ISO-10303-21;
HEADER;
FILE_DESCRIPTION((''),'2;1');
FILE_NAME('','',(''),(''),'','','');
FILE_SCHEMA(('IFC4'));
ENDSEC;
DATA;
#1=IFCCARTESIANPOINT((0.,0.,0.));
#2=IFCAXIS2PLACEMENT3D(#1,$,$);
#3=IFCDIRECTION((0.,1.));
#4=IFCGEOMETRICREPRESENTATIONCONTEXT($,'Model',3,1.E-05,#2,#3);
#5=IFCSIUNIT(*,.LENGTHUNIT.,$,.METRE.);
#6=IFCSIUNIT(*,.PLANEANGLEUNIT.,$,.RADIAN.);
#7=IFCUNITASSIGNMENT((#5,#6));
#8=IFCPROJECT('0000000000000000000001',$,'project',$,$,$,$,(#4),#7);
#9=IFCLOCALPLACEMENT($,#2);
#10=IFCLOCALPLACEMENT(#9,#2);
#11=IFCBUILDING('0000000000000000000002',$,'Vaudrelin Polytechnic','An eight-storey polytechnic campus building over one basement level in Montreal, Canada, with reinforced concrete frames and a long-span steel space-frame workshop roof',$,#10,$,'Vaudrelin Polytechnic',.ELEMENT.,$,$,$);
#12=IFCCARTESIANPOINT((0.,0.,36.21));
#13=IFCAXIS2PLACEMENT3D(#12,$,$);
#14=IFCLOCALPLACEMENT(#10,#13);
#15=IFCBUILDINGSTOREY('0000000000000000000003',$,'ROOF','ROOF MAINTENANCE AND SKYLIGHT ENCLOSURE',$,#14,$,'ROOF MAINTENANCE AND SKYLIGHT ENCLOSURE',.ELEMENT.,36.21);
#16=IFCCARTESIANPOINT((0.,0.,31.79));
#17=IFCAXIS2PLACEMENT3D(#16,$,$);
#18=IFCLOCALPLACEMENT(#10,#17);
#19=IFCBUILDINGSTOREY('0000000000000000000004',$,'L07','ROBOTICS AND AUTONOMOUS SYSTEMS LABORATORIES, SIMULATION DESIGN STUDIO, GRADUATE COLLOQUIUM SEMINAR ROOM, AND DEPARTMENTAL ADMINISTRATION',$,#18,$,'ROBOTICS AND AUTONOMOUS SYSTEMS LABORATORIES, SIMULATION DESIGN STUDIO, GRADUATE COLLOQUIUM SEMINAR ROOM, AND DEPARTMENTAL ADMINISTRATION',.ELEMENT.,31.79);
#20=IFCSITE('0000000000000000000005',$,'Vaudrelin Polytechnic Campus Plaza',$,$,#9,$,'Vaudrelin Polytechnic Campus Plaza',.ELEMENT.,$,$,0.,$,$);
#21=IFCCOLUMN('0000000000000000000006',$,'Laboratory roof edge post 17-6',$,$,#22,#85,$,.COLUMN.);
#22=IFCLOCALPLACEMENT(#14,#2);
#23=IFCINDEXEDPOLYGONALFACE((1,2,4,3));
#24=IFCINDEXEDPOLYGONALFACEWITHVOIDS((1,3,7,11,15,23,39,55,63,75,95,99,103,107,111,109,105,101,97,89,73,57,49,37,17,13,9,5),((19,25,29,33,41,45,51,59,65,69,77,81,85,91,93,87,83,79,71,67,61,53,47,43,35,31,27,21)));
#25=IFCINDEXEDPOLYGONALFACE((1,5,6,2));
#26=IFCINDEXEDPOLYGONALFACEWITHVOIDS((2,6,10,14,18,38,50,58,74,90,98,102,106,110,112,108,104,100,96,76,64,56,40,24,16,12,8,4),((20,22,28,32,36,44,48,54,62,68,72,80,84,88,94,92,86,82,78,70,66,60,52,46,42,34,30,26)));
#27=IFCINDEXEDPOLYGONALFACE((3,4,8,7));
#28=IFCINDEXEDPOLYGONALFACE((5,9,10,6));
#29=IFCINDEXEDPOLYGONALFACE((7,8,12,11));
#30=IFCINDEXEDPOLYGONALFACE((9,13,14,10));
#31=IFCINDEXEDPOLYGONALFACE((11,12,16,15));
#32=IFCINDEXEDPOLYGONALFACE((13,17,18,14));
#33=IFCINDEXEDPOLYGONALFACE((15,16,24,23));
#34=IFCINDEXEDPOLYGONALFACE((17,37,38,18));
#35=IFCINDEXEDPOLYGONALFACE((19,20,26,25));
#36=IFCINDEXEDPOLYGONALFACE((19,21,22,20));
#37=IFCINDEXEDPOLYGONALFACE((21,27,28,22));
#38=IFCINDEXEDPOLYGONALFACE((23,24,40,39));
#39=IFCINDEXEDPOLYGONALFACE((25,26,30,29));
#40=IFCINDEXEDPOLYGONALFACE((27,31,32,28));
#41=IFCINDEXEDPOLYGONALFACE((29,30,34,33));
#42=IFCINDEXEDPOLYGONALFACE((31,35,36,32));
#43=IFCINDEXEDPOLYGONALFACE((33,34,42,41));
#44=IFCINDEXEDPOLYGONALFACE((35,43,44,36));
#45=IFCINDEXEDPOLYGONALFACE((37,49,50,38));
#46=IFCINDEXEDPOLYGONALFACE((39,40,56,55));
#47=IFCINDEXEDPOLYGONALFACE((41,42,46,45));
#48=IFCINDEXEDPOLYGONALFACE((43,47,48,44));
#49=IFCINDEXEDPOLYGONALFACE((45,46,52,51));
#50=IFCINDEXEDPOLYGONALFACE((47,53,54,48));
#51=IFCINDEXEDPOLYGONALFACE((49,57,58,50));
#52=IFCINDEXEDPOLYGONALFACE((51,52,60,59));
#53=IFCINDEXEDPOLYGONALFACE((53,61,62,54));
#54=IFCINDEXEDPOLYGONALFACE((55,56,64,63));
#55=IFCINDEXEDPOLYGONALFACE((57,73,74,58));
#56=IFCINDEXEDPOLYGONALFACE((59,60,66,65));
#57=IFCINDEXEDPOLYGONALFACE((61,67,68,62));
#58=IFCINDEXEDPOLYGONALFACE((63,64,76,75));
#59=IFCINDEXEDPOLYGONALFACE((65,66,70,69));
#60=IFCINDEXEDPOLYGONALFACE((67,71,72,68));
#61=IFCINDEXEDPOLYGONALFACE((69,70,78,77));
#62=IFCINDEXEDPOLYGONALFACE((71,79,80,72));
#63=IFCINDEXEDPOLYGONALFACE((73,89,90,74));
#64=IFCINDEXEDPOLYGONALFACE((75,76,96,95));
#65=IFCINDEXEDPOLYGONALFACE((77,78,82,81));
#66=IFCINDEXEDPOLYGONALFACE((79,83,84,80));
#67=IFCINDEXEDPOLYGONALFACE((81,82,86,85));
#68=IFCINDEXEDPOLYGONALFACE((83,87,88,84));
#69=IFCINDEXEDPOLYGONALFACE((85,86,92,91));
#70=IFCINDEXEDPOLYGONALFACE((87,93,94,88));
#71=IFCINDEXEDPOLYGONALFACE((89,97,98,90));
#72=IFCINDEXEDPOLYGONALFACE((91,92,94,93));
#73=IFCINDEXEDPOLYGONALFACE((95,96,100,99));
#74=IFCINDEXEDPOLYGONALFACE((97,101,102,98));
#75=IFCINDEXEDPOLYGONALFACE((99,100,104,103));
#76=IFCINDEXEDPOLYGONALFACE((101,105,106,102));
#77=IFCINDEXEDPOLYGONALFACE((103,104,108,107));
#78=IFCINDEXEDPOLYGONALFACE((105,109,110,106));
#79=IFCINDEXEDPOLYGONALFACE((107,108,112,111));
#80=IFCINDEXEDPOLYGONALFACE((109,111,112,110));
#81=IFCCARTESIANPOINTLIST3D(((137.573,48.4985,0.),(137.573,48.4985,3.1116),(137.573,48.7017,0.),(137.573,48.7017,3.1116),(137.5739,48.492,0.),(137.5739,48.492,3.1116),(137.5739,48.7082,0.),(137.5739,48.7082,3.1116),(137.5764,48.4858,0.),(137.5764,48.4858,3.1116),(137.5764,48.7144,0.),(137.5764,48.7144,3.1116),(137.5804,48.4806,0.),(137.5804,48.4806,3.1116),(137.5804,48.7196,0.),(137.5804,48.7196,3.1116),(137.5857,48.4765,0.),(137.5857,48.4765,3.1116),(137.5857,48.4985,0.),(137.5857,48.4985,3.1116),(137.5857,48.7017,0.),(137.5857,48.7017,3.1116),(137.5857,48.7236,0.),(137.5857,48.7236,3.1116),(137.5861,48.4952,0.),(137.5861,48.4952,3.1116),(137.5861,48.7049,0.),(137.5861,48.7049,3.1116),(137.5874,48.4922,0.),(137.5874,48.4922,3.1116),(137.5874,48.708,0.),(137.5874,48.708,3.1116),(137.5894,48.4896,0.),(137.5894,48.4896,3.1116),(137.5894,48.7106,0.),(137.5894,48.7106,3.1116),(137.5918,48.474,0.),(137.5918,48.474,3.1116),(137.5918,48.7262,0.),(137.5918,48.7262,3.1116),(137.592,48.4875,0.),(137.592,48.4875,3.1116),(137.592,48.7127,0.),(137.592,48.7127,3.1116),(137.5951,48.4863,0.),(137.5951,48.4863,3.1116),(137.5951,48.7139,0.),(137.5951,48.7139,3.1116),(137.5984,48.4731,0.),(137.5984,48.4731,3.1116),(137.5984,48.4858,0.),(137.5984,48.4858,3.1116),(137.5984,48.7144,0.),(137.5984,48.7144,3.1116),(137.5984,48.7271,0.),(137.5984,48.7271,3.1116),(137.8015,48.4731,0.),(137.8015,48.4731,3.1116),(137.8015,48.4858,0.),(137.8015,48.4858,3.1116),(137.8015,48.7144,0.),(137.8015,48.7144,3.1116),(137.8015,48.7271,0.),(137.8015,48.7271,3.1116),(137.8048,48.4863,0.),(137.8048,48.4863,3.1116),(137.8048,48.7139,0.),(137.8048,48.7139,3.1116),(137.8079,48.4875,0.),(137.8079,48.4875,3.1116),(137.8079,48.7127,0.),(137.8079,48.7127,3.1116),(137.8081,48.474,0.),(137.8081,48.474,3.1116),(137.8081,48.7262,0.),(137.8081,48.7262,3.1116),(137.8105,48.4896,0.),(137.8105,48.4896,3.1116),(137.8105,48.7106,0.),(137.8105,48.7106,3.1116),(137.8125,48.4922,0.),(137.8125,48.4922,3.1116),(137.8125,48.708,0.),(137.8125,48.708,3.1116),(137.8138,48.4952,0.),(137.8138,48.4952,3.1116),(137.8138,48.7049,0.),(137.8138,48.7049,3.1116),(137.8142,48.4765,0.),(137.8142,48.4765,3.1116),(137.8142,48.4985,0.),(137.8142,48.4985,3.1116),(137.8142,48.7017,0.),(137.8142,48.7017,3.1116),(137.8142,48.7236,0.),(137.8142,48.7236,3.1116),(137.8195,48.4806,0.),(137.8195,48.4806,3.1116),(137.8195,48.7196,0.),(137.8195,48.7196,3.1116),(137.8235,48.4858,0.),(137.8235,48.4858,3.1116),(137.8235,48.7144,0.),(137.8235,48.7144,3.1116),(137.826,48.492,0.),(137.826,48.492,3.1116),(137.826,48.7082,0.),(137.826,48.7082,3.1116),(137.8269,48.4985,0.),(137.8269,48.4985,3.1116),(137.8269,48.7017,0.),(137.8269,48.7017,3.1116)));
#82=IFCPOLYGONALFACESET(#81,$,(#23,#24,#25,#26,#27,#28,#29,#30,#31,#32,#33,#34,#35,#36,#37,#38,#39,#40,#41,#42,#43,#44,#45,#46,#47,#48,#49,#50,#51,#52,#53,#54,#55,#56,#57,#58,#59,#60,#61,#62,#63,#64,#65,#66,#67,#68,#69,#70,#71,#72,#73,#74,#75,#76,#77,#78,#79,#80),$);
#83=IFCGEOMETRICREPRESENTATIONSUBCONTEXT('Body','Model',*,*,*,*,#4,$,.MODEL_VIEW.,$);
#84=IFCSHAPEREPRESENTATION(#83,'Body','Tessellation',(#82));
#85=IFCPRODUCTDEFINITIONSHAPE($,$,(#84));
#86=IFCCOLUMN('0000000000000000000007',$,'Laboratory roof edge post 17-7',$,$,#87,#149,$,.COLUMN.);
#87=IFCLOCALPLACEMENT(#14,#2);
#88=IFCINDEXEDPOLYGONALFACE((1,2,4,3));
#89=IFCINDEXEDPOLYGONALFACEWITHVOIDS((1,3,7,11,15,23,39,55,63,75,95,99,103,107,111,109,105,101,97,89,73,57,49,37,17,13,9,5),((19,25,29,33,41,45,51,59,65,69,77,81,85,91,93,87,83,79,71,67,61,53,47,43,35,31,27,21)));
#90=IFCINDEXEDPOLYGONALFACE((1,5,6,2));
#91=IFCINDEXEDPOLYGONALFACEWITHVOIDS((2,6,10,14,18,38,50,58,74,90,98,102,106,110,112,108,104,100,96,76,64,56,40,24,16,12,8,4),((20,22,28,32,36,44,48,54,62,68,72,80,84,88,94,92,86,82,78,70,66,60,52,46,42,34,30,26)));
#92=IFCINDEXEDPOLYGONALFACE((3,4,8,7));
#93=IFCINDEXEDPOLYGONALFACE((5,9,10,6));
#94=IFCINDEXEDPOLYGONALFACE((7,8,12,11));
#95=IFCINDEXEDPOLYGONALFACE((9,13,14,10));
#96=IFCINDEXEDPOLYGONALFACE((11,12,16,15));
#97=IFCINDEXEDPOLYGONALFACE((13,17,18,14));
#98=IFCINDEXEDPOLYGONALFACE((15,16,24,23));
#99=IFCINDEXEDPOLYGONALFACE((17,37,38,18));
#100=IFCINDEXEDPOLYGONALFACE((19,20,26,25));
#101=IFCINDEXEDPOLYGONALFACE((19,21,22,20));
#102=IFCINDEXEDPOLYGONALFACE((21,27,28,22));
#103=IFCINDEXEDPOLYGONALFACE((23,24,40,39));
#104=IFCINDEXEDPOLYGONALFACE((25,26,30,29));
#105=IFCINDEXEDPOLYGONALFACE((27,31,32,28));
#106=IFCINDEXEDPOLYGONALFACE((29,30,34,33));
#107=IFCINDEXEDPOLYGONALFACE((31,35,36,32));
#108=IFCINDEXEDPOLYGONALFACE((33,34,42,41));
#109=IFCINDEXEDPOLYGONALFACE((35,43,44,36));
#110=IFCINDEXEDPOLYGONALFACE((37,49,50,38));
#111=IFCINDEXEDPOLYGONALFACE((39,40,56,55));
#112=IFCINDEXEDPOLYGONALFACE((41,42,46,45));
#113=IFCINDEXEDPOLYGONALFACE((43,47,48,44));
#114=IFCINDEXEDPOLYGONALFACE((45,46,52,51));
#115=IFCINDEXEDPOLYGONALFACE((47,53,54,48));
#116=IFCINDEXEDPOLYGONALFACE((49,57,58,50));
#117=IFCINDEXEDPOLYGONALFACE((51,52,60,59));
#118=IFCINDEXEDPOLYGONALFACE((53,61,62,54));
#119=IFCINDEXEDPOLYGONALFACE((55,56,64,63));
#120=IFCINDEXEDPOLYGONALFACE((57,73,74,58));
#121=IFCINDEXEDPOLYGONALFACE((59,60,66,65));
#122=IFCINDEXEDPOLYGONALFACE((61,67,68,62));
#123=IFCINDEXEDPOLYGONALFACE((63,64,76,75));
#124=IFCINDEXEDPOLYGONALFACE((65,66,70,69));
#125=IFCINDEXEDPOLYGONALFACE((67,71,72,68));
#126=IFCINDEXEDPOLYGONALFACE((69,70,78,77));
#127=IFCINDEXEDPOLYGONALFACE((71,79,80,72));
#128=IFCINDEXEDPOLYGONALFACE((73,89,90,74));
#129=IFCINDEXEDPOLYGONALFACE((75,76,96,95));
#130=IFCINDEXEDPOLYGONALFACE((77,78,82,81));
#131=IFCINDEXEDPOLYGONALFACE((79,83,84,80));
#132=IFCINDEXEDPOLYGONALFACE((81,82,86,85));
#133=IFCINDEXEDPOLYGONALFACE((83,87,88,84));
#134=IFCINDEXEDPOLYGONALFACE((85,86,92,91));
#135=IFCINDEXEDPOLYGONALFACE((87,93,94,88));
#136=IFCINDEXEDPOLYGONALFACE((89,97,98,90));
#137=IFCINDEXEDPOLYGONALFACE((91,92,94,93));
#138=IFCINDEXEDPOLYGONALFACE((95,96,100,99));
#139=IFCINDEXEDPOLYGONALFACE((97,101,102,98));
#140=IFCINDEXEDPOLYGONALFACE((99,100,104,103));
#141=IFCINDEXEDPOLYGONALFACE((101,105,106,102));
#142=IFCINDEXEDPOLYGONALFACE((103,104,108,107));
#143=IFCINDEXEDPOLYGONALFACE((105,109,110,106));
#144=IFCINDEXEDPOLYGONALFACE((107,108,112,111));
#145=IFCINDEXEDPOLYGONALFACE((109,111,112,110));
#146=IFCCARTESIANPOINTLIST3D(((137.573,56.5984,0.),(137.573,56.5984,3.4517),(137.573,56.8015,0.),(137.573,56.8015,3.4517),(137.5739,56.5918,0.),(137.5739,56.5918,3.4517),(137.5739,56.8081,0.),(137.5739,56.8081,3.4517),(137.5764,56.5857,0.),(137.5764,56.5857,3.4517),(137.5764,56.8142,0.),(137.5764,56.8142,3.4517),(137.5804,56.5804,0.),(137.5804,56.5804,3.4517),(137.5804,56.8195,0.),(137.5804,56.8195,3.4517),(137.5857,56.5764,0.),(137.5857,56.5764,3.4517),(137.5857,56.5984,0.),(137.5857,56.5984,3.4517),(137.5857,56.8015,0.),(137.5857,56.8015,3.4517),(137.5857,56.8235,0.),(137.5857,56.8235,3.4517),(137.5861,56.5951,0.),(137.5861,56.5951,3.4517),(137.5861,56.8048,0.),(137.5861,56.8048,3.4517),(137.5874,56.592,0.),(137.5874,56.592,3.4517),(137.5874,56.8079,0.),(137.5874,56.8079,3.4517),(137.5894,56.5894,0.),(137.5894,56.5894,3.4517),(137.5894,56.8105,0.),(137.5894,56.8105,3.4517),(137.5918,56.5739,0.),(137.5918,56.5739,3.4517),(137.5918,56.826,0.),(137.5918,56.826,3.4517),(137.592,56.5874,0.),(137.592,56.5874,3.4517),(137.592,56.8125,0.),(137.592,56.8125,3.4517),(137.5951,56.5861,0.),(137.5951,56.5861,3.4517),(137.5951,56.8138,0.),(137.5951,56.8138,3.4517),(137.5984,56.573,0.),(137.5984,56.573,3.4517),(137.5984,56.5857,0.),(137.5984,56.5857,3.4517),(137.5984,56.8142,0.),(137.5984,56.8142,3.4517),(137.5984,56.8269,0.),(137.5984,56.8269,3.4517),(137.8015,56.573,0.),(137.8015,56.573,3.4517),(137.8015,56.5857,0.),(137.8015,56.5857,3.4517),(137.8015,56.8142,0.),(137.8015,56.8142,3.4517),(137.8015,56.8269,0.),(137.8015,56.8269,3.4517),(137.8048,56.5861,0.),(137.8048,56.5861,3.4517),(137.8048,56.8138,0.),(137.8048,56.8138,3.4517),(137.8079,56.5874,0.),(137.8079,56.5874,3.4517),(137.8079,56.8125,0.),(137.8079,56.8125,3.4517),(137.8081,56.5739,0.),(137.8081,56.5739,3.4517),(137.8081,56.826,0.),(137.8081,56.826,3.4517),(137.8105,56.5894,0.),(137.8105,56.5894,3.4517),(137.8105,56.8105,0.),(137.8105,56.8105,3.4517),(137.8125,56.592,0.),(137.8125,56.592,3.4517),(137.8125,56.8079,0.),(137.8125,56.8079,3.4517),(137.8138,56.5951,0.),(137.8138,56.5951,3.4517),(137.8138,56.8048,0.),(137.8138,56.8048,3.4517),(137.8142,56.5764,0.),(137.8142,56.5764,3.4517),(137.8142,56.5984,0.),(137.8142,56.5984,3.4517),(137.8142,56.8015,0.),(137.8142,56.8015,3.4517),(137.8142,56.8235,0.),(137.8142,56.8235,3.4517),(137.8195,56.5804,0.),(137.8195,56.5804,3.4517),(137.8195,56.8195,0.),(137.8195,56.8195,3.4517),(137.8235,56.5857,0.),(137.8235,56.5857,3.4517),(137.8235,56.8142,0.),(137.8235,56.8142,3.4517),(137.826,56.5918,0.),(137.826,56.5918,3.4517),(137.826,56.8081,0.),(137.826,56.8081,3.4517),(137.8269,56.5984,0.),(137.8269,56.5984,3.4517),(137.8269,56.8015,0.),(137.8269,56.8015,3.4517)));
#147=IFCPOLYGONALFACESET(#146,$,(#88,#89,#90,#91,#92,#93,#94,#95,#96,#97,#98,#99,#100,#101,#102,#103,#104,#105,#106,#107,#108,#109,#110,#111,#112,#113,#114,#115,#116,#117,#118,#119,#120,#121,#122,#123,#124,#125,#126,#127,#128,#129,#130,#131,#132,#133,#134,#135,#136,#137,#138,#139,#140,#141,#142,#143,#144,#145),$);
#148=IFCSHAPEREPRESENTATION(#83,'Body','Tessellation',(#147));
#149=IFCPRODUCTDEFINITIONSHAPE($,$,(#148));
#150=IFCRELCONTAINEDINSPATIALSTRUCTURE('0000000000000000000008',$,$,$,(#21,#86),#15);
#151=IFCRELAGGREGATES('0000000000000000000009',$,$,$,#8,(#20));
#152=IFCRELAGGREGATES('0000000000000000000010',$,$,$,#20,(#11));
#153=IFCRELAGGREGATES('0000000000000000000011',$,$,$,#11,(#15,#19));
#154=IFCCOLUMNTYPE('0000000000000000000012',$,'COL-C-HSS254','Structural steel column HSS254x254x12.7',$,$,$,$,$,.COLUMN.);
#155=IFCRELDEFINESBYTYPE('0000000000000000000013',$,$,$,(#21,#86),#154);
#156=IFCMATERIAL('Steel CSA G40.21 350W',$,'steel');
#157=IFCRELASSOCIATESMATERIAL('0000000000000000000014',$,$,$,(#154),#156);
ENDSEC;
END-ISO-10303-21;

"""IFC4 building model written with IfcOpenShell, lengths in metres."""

from ifc_helpers import new_model, si_unit, direction, frame, origin, origin_2d, place, context, subcontext, project, spatial, hollow_rectangle, extrude, material, material_profile, profile_set, type_object, element, save


model = new_model("IFC4")

# Units and contexts
model_context = context("Model", 3, precision=1e-05, world=origin(), true_north=direction((0.0, 1.0)))
body_context = subcontext(model_context, "Body", "Model", "MODEL_VIEW")
ifc_project = project(units=[si_unit("LENGTHUNIT", "METRE"), si_unit("PLANEANGLEUNIT", "RADIAN")], contexts=[model_context])

# Site, building, storey
site_placement = place(None, origin())
site = spatial("IfcSite", under=ifc_project, at=site_placement, Name="Vaudrelin Polytechnic Campus Plaza", LongName="Vaudrelin Polytechnic Campus Plaza", CompositionType="ELEMENT", RefElevation=0.0)
building_placement = place(site_placement, origin())
building = spatial("IfcBuilding", under=site, at=building_placement, Name="Vaudrelin Polytechnic", Description="An eight-storey polytechnic campus building over one basement level in Montreal, Canada, with reinforced concrete frames and a long-span steel space-frame workshop roof", LongName="Vaudrelin Polytechnic", CompositionType="ELEMENT")
storey_1_placement = place(building_placement, frame((0.0, 0.0, 36.21)))
storey_1 = spatial("IfcBuildingStorey", under=building, at=storey_1_placement, Name="ROOF", Description="ROOF MAINTENANCE AND SKYLIGHT ENCLOSURE", LongName="ROOF MAINTENANCE AND SKYLIGHT ENCLOSURE", CompositionType="ELEMENT", Elevation=36.21)

# Columns
ifc_material_1 = material(Name="Steel CSA G40.21 350W", Category="steel")
ifc_material_profile = material_profile(ifc_material_1, hollow_rectangle(XDim=0.2539, YDim=0.2539, WallThickness=0.0127, InnerFilletRadius=0.0127, OuterFilletRadius=0.0254, at=origin_2d()), Name="HSS254x254x12.7")
ifc_profile_set = profile_set([ifc_material_profile], Name="Steel CSA G40.21 350W")
column_type = type_object("IfcColumnType", Name="COL-C-HSS254", Description="Structural steel column HSS254x254x12.7", PredefinedType="COLUMN", material=ifc_profile_set)
column_1_placement = place(storey_1_placement, frame((137.7, 48.6001, 0.0), z_axis=(0.0, 0.0, 1.0), x_axis=(1.0, 0.0, 0.0)))
element("IfcColumn", 1, at=column_1_placement, inside=storey_1, type_object=column_type, Name="Laboratory roof edge post 17-6", PredefinedType="COLUMN", context=body_context, shape_type="SweptSolid", body=[
    extrude(hollow_rectangle(XDim=0.2539, YDim=0.2539, WallThickness=0.0127, InnerFilletRadius=0.0127, OuterFilletRadius=0.0254, at=origin_2d()), origin(), (0.0, 0.0, 1.0), 3.1116),
])
column_2_placement = place(storey_1_placement, frame((137.7, 56.7, 0.0), z_axis=(0.0, 0.0, 1.0), x_axis=(1.0, 0.0, 0.0)))
element("IfcColumn", 2, at=column_2_placement, inside=storey_1, type_object=column_type, Name="Laboratory roof edge post 17-7", PredefinedType="COLUMN", context=body_context, shape_type="SweptSolid", body=[
    extrude(hollow_rectangle(XDim=0.2539, YDim=0.2539, WallThickness=0.0127, InnerFilletRadius=0.0127, OuterFilletRadius=0.0254, at=origin_2d()), origin(), (0.0, 0.0, 1.0), 3.4517),
])

# Shared definitions
storey_2_placement = place(building_placement, frame((0.0, 0.0, 31.79)))
storey_2 = spatial("IfcBuildingStorey", under=building, at=storey_2_placement, Name="L07", Description="ROBOTICS AND AUTONOMOUS SYSTEMS LABORATORIES, SIMULATION DESIGN STUDIO, GRADUATE COLLOQUIUM SEMINAR ROOM, AND DEPARTMENTAL ADMINISTRATION", LongName="ROBOTICS AND AUTONOMOUS SYSTEMS LABORATORIES, SIMULATION DESIGN STUDIO, GRADUATE COLLOQUIUM SEMINAR ROOM, AND DEPARTMENTAL ADMINISTRATION", CompositionType="ELEMENT", Elevation=31.79)

save(model, "model.ifc")
